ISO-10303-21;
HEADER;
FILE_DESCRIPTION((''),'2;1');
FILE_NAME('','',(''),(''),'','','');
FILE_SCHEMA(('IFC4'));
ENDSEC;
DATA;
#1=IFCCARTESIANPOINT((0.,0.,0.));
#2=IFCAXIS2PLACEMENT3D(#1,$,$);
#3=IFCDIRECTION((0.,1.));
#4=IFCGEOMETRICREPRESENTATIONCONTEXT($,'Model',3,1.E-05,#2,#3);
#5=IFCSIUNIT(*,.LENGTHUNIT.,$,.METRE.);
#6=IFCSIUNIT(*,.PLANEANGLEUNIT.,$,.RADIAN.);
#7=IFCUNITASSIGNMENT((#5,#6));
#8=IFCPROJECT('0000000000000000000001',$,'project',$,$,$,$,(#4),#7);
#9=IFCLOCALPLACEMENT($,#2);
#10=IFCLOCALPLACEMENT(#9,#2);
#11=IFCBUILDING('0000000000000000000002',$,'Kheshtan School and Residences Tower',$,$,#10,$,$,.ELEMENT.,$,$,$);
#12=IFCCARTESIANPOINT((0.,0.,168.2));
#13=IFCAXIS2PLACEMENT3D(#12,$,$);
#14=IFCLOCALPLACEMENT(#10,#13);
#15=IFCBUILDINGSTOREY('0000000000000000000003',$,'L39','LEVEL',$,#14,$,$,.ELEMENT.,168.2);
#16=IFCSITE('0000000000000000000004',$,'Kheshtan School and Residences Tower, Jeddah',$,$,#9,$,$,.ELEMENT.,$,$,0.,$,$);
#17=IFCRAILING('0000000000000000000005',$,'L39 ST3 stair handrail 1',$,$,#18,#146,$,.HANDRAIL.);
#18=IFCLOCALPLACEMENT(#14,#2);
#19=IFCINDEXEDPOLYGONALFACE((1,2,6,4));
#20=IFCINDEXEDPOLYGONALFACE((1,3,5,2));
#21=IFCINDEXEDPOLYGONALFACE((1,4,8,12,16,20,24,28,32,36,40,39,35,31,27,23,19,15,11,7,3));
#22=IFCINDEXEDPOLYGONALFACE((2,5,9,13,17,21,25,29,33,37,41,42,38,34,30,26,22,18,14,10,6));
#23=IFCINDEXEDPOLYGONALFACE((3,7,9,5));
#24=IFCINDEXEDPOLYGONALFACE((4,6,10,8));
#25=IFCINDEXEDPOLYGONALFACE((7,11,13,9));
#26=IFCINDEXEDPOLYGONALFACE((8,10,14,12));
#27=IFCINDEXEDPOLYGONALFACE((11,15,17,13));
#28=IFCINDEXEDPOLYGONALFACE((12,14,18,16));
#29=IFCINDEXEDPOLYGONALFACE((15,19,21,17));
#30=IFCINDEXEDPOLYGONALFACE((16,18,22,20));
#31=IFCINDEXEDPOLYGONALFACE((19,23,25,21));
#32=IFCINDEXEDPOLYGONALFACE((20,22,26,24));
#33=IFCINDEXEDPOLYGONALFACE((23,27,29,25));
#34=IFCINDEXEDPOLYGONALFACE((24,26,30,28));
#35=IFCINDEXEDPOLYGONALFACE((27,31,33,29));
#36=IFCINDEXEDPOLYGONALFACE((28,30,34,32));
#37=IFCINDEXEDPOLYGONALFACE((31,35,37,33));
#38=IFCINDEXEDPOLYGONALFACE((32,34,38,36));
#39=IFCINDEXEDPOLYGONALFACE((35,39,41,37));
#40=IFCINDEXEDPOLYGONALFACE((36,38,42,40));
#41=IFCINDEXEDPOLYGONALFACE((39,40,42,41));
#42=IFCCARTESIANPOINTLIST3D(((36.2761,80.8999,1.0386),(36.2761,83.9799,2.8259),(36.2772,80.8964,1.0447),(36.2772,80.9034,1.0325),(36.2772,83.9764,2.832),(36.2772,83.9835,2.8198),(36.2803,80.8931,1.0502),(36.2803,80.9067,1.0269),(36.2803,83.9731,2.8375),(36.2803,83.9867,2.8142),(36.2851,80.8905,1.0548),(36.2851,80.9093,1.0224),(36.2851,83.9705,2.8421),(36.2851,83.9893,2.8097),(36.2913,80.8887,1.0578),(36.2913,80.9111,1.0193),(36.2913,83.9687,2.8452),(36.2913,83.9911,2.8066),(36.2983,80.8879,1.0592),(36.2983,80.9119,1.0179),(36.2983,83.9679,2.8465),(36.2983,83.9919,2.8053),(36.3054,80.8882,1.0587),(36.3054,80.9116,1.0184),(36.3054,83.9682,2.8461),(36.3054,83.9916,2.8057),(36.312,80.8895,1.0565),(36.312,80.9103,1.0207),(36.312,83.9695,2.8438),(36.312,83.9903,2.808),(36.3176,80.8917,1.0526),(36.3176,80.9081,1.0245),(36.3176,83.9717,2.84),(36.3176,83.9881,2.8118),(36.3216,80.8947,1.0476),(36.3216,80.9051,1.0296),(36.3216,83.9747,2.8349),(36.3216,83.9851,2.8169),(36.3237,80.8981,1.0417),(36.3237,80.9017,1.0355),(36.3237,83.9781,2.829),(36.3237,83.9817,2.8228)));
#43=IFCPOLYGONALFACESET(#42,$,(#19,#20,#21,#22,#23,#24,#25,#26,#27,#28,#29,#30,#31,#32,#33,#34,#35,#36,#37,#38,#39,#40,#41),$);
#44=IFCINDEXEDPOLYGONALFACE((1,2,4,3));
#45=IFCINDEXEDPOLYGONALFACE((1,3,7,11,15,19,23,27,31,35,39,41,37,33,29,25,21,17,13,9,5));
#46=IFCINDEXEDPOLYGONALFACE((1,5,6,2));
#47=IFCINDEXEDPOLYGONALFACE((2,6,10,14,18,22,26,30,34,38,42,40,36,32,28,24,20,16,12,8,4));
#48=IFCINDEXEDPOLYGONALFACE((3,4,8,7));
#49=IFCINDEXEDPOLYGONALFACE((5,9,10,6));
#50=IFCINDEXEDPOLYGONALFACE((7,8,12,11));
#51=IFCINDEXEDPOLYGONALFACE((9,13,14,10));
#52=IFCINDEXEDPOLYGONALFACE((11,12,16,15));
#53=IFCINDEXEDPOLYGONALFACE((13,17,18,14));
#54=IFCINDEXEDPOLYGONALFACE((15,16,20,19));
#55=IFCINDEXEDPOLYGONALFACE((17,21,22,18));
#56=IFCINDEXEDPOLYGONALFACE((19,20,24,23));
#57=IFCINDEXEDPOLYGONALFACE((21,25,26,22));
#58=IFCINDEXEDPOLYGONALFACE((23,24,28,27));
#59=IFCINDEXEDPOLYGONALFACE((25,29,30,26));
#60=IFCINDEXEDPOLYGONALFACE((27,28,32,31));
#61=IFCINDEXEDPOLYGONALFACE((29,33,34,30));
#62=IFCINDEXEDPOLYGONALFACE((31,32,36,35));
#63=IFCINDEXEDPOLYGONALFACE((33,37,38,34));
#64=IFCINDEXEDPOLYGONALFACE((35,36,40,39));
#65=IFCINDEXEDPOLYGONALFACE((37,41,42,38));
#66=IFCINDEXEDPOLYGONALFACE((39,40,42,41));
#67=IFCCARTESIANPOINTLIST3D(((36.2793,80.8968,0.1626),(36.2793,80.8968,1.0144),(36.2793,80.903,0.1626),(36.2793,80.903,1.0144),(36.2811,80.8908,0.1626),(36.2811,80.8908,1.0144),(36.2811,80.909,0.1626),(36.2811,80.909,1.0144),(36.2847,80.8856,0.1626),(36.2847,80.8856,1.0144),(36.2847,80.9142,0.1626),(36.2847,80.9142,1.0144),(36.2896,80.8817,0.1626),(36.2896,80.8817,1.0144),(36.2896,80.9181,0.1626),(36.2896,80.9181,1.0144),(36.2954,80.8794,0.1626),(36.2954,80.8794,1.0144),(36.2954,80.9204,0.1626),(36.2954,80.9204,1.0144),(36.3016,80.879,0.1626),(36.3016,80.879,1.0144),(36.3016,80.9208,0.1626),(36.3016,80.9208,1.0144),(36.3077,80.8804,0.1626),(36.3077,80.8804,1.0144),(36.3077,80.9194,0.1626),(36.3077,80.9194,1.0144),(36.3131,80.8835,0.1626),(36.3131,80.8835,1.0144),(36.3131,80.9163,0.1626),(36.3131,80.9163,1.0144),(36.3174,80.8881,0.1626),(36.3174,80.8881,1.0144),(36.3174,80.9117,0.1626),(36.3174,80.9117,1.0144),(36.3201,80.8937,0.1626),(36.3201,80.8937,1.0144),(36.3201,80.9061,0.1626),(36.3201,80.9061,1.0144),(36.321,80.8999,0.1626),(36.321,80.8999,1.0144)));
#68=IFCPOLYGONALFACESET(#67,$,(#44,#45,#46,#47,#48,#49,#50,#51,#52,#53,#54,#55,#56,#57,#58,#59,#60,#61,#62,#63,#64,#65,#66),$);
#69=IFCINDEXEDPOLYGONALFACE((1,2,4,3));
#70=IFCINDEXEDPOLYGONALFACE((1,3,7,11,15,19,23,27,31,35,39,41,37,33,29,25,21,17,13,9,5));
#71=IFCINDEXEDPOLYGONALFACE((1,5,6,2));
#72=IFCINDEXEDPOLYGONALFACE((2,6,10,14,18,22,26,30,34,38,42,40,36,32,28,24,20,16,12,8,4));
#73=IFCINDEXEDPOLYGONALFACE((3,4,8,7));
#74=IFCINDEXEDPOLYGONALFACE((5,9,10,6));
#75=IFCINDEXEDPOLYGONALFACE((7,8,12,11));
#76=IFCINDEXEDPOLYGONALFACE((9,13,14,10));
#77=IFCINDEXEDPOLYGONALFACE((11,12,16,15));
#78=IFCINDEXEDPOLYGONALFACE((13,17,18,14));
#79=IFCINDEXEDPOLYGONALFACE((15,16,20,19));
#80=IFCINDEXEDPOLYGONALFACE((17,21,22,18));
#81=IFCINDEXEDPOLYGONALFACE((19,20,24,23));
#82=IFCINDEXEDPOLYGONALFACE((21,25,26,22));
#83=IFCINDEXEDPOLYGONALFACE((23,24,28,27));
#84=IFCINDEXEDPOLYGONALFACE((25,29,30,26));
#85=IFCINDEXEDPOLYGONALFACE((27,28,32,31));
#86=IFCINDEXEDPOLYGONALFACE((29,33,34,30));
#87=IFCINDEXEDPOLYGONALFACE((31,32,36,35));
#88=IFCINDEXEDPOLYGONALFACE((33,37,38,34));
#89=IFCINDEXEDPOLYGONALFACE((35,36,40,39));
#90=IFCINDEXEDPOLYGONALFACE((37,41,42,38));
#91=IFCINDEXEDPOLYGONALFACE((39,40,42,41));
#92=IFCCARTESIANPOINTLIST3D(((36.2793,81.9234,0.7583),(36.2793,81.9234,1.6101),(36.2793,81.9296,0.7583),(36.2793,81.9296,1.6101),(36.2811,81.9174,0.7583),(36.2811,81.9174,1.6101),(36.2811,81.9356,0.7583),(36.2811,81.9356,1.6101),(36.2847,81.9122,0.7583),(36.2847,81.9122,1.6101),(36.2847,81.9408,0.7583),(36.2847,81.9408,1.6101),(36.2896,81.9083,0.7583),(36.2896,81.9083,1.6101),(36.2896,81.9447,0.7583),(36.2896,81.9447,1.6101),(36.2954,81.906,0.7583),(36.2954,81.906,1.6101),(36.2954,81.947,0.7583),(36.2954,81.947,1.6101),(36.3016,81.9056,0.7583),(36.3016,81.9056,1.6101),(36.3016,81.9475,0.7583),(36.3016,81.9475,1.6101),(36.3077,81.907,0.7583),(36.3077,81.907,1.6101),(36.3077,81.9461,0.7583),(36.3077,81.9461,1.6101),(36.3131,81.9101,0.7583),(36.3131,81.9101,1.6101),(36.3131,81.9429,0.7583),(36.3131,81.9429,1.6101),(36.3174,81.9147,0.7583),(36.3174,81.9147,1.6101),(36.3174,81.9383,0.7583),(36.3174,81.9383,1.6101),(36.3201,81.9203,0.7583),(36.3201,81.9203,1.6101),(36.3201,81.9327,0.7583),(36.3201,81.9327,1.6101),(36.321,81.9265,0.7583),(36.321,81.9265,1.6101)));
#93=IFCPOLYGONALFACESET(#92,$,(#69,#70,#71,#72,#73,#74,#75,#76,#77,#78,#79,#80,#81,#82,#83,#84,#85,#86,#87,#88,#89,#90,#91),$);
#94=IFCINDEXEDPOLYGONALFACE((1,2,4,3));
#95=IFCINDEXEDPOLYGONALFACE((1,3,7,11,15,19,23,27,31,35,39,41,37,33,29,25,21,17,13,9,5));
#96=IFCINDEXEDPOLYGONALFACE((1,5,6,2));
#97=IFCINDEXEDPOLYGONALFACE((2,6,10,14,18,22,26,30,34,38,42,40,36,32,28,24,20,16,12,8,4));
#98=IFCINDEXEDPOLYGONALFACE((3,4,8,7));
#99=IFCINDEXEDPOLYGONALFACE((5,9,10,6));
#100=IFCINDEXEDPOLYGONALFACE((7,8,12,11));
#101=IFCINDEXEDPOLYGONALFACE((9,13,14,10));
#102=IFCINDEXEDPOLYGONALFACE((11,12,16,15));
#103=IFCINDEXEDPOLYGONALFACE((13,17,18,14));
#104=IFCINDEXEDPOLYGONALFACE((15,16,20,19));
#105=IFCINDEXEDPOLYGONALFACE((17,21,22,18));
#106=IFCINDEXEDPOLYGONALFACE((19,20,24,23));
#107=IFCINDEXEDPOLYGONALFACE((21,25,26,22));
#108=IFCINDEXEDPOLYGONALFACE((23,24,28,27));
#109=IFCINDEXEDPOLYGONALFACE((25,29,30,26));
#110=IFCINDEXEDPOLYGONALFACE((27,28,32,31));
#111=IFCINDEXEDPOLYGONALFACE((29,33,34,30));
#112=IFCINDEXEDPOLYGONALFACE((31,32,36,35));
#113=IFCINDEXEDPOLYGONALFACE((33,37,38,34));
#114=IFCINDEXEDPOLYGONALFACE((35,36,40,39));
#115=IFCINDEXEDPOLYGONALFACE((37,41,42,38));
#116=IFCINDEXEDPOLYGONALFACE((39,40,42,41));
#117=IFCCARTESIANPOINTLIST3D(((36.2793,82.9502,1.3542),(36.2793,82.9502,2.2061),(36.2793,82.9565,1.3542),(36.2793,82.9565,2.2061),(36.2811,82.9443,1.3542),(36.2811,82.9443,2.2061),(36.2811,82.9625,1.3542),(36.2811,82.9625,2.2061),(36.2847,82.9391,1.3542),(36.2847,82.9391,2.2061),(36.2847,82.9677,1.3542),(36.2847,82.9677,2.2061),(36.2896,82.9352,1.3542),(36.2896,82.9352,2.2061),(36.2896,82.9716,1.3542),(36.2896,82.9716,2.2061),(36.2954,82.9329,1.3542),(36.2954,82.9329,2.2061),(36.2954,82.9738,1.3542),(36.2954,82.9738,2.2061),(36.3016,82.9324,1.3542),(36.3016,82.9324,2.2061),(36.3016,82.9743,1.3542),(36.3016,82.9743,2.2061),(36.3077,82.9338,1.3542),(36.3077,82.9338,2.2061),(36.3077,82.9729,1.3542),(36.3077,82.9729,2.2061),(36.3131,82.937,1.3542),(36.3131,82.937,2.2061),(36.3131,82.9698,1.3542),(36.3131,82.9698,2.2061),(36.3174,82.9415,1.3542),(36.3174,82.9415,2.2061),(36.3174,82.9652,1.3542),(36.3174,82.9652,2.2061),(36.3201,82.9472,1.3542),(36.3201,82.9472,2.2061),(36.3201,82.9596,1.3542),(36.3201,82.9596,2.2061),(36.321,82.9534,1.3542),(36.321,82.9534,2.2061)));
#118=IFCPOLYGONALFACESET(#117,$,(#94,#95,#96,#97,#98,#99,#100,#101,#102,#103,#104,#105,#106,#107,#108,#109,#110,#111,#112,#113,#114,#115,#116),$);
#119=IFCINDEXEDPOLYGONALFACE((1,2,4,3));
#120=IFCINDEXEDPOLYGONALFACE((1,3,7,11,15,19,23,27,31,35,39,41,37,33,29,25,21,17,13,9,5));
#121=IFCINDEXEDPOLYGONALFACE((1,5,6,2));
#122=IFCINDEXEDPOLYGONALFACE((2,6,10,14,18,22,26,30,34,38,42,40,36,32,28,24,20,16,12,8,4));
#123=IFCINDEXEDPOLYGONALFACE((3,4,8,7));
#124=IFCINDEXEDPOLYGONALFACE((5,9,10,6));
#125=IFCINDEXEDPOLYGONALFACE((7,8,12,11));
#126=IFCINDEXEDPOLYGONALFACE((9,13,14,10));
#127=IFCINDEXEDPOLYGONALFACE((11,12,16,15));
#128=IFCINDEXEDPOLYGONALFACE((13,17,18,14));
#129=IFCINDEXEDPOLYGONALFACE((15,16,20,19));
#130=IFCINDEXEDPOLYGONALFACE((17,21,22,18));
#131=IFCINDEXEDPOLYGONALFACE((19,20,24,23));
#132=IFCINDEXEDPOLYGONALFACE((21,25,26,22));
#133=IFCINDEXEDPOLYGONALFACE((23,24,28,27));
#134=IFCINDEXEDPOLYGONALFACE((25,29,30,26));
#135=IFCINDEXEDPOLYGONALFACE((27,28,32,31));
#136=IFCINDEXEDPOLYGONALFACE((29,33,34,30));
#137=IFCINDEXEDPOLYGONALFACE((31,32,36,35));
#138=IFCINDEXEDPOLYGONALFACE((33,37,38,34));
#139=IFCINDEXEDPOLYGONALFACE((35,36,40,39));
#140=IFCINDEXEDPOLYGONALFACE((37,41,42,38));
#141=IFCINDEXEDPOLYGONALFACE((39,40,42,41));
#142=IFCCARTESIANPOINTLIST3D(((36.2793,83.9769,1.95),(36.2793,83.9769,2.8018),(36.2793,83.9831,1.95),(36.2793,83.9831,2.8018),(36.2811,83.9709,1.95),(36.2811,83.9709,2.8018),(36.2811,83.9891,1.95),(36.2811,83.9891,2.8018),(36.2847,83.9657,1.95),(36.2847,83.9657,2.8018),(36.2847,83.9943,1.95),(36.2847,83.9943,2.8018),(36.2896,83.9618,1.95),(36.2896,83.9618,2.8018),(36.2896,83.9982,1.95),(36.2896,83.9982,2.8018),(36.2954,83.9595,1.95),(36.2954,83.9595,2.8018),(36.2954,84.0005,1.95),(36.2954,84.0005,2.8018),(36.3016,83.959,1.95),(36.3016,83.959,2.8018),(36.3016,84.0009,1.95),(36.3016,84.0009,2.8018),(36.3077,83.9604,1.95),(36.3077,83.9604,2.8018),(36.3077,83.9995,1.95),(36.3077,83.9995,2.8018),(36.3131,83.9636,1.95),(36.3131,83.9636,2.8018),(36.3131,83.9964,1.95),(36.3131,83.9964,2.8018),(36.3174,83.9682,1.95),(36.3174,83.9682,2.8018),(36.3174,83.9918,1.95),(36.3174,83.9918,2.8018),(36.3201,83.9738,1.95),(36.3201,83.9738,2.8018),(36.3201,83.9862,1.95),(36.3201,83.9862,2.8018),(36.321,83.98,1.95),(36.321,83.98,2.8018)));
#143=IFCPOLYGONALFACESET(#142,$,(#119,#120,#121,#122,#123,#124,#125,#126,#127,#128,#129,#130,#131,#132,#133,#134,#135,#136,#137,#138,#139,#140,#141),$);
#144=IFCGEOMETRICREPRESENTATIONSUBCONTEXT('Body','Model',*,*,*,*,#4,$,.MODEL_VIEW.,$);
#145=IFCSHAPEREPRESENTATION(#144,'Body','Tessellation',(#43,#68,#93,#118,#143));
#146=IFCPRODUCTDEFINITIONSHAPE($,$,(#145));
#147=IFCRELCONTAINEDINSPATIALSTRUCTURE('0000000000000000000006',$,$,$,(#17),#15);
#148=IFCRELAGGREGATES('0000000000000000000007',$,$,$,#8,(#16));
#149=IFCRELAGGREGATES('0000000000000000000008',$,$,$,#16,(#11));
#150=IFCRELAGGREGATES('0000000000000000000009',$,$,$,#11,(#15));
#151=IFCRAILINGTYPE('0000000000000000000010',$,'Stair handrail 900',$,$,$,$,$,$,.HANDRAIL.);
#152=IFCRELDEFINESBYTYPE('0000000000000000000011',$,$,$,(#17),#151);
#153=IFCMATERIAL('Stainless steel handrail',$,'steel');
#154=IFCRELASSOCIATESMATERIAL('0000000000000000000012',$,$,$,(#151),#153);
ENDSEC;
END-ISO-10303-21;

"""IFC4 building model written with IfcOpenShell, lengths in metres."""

from ifc_helpers import new_model, si_unit, direction, frame, origin, origin_2d, place, context, subcontext, project, spatial, circle, extrude, material, type_object, element, save


model = new_model("IFC4")

# Units and contexts
model_context = context("Model", 3, precision=1e-05, world=origin(), true_north=direction((0.0, 1.0)))
body_context = subcontext(model_context, "Body", "Model", "MODEL_VIEW")
ifc_project = project(units=[si_unit("LENGTHUNIT", "METRE"), si_unit("PLANEANGLEUNIT", "RADIAN")], contexts=[model_context])

# Site, building, storey
site_placement = place(None, origin())
site = spatial("IfcSite", under=ifc_project, at=site_placement, Name="Kheshtan School and Residences Tower, Jeddah", CompositionType="ELEMENT", RefElevation=0.0)
building_placement = place(site_placement, origin())
building = spatial("IfcBuilding", under=site, at=building_placement, Name="Kheshtan School and Residences Tower", CompositionType="ELEMENT")
storey_placement = place(building_placement, frame((0.0, 0.0, 168.2)))
storey = spatial("IfcBuildingStorey", under=building, at=storey_placement, Name="L39", Description="LEVEL", CompositionType="ELEMENT", Elevation=168.2)

# Railing
ifc_material_1 = material(Name="Stainless steel handrail", Category="steel")
railing_type_1 = type_object("IfcRailingType", Name="Stair handrail 900", PredefinedType="HANDRAIL", material=ifc_material_1)
railing_1_placement = place(storey_placement, frame((36.3, 80.8999, 0.1626)))
element("IfcRailing", 1, at=railing_1_placement, inside=storey, type_object=railing_type_1, Name="L39 ST3 stair handrail 1", PredefinedType="HANDRAIL", context=body_context, shape_type="SweptSolid", body=[
    extrude(circle(Radius=0.0239, at=origin_2d()), frame((0.0, 0.0, 0.876), z_axis=(0.0, 0.86492, 0.501909), x_axis=(-1.0, 0.0, 0.0)), (0.0, 0.0, 1.0), 3.561),
    extrude(circle(Radius=0.021, at=origin_2d()), origin(), (0.0, 0.0, 1.0), 0.8518),
    extrude(circle(Radius=0.021, at=origin_2d()), frame((0.0, 1.0266, 0.5957)), (0.0, 0.0, 1.0), 0.8518),
    extrude(circle(Radius=0.021, at=origin_2d()), frame((0.0, 2.0535, 1.1917)), (0.0, 0.0, 1.0), 0.8518),
    extrude(circle(Radius=0.021, at=origin_2d()), frame((0.0, 3.0801, 1.7874)), (0.0, 0.0, 1.0), 0.8518),
])

save(model, "model.ifc")
